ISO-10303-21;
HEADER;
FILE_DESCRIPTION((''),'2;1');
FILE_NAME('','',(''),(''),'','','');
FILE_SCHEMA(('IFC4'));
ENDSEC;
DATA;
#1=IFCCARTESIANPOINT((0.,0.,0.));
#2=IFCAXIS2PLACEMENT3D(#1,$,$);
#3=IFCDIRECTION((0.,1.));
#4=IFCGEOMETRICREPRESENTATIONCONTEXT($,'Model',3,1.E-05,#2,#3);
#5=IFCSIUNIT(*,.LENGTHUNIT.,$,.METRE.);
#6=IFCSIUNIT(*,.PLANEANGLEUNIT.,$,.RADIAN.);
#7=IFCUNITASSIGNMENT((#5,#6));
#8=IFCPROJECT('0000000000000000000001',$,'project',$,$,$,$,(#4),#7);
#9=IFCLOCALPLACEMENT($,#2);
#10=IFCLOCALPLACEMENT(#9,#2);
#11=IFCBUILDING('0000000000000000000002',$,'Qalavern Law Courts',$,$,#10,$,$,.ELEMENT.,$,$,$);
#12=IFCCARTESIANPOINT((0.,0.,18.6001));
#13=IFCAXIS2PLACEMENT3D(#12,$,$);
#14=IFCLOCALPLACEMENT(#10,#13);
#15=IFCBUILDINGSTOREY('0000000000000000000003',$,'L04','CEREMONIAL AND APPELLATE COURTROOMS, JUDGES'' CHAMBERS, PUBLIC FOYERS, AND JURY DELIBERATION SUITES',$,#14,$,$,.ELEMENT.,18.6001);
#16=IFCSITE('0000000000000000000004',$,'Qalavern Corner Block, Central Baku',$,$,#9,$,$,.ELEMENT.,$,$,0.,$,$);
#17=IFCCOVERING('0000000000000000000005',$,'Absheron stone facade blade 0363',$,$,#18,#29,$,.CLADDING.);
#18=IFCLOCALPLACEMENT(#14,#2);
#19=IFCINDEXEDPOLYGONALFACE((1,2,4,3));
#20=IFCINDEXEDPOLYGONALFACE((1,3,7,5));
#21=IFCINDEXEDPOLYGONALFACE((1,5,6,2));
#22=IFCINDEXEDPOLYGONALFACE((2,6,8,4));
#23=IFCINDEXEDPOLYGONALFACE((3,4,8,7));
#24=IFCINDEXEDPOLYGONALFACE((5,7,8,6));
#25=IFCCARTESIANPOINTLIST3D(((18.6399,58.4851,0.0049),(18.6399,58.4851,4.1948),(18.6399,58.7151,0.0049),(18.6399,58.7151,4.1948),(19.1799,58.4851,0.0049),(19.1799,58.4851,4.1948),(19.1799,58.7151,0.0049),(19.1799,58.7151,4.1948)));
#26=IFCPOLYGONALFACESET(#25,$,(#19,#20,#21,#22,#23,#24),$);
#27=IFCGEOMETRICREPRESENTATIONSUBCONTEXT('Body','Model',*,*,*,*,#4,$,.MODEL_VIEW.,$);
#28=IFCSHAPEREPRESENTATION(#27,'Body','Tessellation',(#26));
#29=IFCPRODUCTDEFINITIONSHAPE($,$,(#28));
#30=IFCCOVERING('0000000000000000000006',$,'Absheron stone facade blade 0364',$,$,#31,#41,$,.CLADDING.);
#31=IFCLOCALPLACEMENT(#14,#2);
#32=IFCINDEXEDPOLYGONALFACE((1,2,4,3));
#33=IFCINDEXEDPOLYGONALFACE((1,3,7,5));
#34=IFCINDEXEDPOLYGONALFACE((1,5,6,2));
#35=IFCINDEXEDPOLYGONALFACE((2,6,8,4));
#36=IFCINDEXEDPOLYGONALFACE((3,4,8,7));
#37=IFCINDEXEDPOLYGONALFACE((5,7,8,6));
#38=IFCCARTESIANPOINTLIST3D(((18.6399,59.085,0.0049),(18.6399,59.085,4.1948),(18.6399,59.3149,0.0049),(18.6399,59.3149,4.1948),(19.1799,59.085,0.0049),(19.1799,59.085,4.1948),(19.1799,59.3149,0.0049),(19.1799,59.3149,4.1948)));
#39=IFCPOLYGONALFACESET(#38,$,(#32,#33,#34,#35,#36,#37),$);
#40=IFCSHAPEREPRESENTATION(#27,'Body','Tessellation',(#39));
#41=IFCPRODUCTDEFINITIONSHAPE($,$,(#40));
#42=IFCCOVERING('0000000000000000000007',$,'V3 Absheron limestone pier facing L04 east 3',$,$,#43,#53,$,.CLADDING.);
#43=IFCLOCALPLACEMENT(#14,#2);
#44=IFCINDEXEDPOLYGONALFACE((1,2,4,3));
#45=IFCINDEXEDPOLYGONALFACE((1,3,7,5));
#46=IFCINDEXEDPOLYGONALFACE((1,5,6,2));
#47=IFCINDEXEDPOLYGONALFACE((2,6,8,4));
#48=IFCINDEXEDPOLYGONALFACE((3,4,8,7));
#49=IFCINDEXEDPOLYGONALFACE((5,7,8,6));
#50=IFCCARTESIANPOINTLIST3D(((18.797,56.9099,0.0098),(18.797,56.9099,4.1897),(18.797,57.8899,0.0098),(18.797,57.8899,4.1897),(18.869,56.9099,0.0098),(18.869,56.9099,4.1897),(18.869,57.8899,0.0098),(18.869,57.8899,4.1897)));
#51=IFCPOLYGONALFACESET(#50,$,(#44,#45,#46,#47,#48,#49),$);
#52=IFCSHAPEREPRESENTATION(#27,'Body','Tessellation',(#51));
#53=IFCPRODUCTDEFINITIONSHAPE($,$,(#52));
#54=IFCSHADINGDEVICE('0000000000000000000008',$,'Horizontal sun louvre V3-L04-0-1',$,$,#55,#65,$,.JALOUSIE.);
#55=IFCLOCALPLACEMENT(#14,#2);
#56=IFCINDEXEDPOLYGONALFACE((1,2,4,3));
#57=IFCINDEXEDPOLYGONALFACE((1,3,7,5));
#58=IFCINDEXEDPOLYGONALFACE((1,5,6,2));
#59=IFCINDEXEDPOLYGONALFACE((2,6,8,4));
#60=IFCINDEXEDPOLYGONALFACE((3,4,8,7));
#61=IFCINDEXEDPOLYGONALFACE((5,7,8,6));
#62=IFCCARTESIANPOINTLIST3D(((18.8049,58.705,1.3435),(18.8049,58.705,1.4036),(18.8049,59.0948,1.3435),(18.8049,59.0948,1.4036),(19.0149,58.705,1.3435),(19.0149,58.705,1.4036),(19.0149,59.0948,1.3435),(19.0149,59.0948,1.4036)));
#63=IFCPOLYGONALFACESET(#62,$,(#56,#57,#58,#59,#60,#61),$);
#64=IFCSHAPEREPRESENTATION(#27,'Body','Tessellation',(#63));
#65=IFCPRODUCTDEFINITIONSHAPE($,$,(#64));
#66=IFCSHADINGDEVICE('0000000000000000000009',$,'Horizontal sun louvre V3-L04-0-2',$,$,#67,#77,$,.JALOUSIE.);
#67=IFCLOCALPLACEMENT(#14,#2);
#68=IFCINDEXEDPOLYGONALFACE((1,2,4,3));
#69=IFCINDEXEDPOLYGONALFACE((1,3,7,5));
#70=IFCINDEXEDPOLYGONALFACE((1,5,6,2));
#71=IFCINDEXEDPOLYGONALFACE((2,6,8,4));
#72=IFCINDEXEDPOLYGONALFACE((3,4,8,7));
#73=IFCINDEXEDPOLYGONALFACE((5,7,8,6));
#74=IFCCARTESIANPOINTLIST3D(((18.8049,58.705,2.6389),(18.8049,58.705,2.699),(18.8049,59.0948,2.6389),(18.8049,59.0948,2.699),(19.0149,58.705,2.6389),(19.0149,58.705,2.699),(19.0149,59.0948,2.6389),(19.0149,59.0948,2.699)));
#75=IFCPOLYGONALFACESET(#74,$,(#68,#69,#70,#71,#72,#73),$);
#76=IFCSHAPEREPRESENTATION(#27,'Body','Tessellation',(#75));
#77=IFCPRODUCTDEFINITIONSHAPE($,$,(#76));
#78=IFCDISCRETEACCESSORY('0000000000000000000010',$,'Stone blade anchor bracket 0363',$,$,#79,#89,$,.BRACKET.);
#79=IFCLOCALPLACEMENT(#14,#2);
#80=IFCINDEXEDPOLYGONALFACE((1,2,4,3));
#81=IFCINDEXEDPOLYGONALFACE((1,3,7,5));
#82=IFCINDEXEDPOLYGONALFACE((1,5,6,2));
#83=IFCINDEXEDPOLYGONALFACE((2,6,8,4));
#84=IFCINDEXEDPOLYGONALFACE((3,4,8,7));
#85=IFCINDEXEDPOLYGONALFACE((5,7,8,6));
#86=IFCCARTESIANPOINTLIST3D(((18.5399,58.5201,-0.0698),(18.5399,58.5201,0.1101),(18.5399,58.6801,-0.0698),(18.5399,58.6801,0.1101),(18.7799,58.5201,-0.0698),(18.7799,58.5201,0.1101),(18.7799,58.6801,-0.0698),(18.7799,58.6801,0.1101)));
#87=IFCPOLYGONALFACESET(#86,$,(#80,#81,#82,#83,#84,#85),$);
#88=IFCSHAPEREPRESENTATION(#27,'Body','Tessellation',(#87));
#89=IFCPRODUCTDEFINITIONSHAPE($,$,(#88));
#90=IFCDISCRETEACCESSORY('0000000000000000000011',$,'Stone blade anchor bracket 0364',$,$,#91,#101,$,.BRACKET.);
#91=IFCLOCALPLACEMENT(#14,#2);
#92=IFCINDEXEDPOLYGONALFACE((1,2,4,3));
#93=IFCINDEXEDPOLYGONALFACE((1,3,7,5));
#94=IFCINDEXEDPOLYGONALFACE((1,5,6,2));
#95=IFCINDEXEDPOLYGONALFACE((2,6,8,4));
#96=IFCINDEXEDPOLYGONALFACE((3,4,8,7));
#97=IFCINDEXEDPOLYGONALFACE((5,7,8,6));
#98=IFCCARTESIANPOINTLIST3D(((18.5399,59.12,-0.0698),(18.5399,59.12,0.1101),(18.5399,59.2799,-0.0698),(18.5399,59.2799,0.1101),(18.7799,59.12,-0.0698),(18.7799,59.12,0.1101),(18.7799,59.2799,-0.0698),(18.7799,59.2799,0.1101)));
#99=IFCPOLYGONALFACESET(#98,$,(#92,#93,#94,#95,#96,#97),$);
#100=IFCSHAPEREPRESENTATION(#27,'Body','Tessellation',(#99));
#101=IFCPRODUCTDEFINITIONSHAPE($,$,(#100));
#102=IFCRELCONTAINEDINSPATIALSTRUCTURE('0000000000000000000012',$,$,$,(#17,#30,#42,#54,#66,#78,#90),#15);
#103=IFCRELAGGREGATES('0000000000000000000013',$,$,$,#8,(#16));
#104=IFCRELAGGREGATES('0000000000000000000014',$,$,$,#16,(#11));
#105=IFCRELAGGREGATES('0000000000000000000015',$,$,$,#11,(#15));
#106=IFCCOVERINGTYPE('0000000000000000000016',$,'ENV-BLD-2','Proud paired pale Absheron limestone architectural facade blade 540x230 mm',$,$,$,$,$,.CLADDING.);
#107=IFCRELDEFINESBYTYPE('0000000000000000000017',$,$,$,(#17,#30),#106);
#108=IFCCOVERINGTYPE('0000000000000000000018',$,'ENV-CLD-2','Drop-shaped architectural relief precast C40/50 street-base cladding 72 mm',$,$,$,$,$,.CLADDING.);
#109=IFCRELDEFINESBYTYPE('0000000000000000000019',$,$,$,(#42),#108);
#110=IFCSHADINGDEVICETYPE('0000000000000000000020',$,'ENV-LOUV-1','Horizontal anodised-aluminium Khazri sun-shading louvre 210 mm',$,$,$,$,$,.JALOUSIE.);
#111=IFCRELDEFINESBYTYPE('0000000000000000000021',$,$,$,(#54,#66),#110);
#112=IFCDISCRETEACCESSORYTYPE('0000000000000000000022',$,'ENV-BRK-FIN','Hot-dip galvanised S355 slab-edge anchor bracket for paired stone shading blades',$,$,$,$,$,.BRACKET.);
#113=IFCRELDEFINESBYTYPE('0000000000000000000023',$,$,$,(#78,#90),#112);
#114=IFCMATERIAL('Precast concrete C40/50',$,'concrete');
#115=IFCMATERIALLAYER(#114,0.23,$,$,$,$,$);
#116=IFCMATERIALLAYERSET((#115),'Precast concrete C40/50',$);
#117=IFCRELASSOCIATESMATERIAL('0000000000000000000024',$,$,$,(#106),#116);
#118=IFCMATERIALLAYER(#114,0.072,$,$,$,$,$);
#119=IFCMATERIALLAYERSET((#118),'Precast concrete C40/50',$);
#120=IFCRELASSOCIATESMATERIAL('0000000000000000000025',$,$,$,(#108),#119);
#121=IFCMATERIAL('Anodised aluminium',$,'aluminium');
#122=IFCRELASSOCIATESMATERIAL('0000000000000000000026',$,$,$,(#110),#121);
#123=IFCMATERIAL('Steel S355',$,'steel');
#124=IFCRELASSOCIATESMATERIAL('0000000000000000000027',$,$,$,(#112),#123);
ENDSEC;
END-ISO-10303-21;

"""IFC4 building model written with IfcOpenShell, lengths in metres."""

from ifc_helpers import new_model, si_unit, direction, frame, origin, origin_2d, place, context, subcontext, project, spatial, rectangle, extrude, material, layer, layer_set, type_object, element, save


model = new_model("IFC4")

# Units and contexts
model_context = context("Model", 3, precision=1e-05, world=origin(), true_north=direction((0.0, 1.0)))
body_context = subcontext(model_context, "Body", "Model", "MODEL_VIEW")
ifc_project = project(units=[si_unit("LENGTHUNIT", "METRE"), si_unit("PLANEANGLEUNIT", "RADIAN")], contexts=[model_context])

# Site, building, storey
site_placement = place(None, origin())
site = spatial("IfcSite", under=ifc_project, at=site_placement, Name="Qalavern Corner Block, Central Baku", CompositionType="ELEMENT", RefElevation=0.0)
building_placement = place(site_placement, origin())
building = spatial("IfcBuilding", under=site, at=building_placement, Name="Qalavern Law Courts", CompositionType="ELEMENT")
storey_placement = place(building_placement, frame((0.0, 0.0, 18.6001)))
storey = spatial("IfcBuildingStorey", under=building, at=storey_placement, Name="L04", Description="CEREMONIAL AND APPELLATE COURTROOMS, JUDGES' CHAMBERS, PUBLIC FOYERS, AND JURY DELIBERATION SUITES", CompositionType="ELEMENT", Elevation=18.6001)

# Shared definitions
ifc_material_1 = material(Name="Anodised aluminium", Category="aluminium")

# Shared definitions
ifc_material_2 = material(Name="Steel S355", Category="steel")

# Coverings
ifc_material_3 = material(Name="Precast concrete C40/50", Category="concrete")
ifc_layer_1 = layer(ifc_material_3, 0.23)
ifc_layer_set_1 = layer_set([ifc_layer_1], Name="Precast concrete C40/50")
covering_type_1 = type_object("IfcCoveringType", Name="ENV-BLD-2", Description="Proud paired pale Absheron limestone architectural facade blade 540x230 mm", PredefinedType="CLADDING", material=ifc_layer_set_1)
for number, where, z_axis, x_axis, name in (
    (1, (18.9099, 58.6001, 0.0049), (0.0, 0.0, 1.0), (1.0, 0.0, 0.0), "Absheron stone facade blade 0363"),
    (2, (18.9099, 59.2, 0.0049), (0.0, 0.0, 1.0), (1.0, 0.0, 0.0), "Absheron stone facade blade 0364"),
):
    element("IfcCovering", number, at=place(storey_placement, frame(where, z_axis=z_axis, x_axis=x_axis)), inside=storey, type_object=covering_type_1, Name=name, PredefinedType="CLADDING", context=body_context, shape_type="SweptSolid", body=[
        extrude(rectangle(XDim=0.54, YDim=0.23, at=origin_2d()), origin(), (0.0, 0.0, 1.0), 4.1899),
    ])
ifc_layer_2 = layer(ifc_material_3, 0.072)
ifc_layer_set_2 = layer_set([ifc_layer_2], Name="Precast concrete C40/50")
covering_type_2 = type_object("IfcCoveringType", Name="ENV-CLD-2", Description="Drop-shaped architectural relief precast C40/50 street-base cladding 72 mm", PredefinedType="CLADDING", material=ifc_layer_set_2)
covering_placement = place(storey_placement, frame((18.833, 57.3999, 0.0098), z_axis=(0.0, 0.0, 1.0), x_axis=(0.0, 1.0, 0.0)))
element("IfcCovering", 3, at=covering_placement, inside=storey, type_object=covering_type_2, Name="V3 Absheron limestone pier facing L04 east 3", PredefinedType="CLADDING", context=body_context, shape_type="SweptSolid", body=[
    extrude(rectangle(XDim=0.98, YDim=0.072, at=origin_2d()), origin(), (0.0, 0.0, 1.0), 4.1799),
])

# Shading devices
shading_device_type = type_object("IfcShadingDeviceType", Name="ENV-LOUV-1", Description="Horizontal anodised-aluminium Khazri sun-shading louvre 210 mm", PredefinedType="JALOUSIE", material=ifc_material_1)
for number, where, z_axis, x_axis, name in (
    (4, (18.9099, 58.8999, 1.3435), (0.0, 0.0, 1.0), (0.0, 1.0, 0.0), "Horizontal sun louvre V3-L04-0-1"),
    (5, (18.9099, 58.8999, 2.6389), (0.0, 0.0, 1.0), (0.0, 1.0, 0.0), "Horizontal sun louvre V3-L04-0-2"),
):
    element("IfcShadingDevice", number, at=place(storey_placement, frame(where, z_axis=z_axis, x_axis=x_axis)), inside=storey, type_object=shading_device_type, Name=name, PredefinedType="JALOUSIE", context=body_context, shape_type="SweptSolid", body=[
        extrude(rectangle(XDim=0.3899, YDim=0.21, at=origin_2d()), origin(), (0.0, 0.0, 1.0), 0.0601),
    ])

# Discrete accessories
discrete_accessory_type = type_object("IfcDiscreteAccessoryType", Name="ENV-BRK-FIN", Description="Hot-dip galvanised S355 slab-edge anchor bracket for paired stone shading blades", PredefinedType="BRACKET", material=ifc_material_2)
for number, where, z_axis, x_axis, name in (
    (6, (18.6599, 58.6001, -0.0698), (0.0, 0.0, 1.0), (1.0, 0.0, 0.0), "Stone blade anchor bracket 0363"),
    (7, (18.6599, 59.2, -0.0698), (0.0, 0.0, 1.0), (1.0, 0.0, 0.0), "Stone blade anchor bracket 0364"),
):
    element("IfcDiscreteAccessory", number, at=place(storey_placement, frame(where, z_axis=z_axis, x_axis=x_axis)), inside=storey, type_object=discrete_accessory_type, Name=name, PredefinedType="BRACKET", context=body_context, shape_type="SweptSolid", body=[
        extrude(rectangle(XDim=0.24, YDim=0.1599, at=origin_2d()), origin(), (0.0, 0.0, 1.0), 0.1799),
    ])

save(model, "model.ifc")
